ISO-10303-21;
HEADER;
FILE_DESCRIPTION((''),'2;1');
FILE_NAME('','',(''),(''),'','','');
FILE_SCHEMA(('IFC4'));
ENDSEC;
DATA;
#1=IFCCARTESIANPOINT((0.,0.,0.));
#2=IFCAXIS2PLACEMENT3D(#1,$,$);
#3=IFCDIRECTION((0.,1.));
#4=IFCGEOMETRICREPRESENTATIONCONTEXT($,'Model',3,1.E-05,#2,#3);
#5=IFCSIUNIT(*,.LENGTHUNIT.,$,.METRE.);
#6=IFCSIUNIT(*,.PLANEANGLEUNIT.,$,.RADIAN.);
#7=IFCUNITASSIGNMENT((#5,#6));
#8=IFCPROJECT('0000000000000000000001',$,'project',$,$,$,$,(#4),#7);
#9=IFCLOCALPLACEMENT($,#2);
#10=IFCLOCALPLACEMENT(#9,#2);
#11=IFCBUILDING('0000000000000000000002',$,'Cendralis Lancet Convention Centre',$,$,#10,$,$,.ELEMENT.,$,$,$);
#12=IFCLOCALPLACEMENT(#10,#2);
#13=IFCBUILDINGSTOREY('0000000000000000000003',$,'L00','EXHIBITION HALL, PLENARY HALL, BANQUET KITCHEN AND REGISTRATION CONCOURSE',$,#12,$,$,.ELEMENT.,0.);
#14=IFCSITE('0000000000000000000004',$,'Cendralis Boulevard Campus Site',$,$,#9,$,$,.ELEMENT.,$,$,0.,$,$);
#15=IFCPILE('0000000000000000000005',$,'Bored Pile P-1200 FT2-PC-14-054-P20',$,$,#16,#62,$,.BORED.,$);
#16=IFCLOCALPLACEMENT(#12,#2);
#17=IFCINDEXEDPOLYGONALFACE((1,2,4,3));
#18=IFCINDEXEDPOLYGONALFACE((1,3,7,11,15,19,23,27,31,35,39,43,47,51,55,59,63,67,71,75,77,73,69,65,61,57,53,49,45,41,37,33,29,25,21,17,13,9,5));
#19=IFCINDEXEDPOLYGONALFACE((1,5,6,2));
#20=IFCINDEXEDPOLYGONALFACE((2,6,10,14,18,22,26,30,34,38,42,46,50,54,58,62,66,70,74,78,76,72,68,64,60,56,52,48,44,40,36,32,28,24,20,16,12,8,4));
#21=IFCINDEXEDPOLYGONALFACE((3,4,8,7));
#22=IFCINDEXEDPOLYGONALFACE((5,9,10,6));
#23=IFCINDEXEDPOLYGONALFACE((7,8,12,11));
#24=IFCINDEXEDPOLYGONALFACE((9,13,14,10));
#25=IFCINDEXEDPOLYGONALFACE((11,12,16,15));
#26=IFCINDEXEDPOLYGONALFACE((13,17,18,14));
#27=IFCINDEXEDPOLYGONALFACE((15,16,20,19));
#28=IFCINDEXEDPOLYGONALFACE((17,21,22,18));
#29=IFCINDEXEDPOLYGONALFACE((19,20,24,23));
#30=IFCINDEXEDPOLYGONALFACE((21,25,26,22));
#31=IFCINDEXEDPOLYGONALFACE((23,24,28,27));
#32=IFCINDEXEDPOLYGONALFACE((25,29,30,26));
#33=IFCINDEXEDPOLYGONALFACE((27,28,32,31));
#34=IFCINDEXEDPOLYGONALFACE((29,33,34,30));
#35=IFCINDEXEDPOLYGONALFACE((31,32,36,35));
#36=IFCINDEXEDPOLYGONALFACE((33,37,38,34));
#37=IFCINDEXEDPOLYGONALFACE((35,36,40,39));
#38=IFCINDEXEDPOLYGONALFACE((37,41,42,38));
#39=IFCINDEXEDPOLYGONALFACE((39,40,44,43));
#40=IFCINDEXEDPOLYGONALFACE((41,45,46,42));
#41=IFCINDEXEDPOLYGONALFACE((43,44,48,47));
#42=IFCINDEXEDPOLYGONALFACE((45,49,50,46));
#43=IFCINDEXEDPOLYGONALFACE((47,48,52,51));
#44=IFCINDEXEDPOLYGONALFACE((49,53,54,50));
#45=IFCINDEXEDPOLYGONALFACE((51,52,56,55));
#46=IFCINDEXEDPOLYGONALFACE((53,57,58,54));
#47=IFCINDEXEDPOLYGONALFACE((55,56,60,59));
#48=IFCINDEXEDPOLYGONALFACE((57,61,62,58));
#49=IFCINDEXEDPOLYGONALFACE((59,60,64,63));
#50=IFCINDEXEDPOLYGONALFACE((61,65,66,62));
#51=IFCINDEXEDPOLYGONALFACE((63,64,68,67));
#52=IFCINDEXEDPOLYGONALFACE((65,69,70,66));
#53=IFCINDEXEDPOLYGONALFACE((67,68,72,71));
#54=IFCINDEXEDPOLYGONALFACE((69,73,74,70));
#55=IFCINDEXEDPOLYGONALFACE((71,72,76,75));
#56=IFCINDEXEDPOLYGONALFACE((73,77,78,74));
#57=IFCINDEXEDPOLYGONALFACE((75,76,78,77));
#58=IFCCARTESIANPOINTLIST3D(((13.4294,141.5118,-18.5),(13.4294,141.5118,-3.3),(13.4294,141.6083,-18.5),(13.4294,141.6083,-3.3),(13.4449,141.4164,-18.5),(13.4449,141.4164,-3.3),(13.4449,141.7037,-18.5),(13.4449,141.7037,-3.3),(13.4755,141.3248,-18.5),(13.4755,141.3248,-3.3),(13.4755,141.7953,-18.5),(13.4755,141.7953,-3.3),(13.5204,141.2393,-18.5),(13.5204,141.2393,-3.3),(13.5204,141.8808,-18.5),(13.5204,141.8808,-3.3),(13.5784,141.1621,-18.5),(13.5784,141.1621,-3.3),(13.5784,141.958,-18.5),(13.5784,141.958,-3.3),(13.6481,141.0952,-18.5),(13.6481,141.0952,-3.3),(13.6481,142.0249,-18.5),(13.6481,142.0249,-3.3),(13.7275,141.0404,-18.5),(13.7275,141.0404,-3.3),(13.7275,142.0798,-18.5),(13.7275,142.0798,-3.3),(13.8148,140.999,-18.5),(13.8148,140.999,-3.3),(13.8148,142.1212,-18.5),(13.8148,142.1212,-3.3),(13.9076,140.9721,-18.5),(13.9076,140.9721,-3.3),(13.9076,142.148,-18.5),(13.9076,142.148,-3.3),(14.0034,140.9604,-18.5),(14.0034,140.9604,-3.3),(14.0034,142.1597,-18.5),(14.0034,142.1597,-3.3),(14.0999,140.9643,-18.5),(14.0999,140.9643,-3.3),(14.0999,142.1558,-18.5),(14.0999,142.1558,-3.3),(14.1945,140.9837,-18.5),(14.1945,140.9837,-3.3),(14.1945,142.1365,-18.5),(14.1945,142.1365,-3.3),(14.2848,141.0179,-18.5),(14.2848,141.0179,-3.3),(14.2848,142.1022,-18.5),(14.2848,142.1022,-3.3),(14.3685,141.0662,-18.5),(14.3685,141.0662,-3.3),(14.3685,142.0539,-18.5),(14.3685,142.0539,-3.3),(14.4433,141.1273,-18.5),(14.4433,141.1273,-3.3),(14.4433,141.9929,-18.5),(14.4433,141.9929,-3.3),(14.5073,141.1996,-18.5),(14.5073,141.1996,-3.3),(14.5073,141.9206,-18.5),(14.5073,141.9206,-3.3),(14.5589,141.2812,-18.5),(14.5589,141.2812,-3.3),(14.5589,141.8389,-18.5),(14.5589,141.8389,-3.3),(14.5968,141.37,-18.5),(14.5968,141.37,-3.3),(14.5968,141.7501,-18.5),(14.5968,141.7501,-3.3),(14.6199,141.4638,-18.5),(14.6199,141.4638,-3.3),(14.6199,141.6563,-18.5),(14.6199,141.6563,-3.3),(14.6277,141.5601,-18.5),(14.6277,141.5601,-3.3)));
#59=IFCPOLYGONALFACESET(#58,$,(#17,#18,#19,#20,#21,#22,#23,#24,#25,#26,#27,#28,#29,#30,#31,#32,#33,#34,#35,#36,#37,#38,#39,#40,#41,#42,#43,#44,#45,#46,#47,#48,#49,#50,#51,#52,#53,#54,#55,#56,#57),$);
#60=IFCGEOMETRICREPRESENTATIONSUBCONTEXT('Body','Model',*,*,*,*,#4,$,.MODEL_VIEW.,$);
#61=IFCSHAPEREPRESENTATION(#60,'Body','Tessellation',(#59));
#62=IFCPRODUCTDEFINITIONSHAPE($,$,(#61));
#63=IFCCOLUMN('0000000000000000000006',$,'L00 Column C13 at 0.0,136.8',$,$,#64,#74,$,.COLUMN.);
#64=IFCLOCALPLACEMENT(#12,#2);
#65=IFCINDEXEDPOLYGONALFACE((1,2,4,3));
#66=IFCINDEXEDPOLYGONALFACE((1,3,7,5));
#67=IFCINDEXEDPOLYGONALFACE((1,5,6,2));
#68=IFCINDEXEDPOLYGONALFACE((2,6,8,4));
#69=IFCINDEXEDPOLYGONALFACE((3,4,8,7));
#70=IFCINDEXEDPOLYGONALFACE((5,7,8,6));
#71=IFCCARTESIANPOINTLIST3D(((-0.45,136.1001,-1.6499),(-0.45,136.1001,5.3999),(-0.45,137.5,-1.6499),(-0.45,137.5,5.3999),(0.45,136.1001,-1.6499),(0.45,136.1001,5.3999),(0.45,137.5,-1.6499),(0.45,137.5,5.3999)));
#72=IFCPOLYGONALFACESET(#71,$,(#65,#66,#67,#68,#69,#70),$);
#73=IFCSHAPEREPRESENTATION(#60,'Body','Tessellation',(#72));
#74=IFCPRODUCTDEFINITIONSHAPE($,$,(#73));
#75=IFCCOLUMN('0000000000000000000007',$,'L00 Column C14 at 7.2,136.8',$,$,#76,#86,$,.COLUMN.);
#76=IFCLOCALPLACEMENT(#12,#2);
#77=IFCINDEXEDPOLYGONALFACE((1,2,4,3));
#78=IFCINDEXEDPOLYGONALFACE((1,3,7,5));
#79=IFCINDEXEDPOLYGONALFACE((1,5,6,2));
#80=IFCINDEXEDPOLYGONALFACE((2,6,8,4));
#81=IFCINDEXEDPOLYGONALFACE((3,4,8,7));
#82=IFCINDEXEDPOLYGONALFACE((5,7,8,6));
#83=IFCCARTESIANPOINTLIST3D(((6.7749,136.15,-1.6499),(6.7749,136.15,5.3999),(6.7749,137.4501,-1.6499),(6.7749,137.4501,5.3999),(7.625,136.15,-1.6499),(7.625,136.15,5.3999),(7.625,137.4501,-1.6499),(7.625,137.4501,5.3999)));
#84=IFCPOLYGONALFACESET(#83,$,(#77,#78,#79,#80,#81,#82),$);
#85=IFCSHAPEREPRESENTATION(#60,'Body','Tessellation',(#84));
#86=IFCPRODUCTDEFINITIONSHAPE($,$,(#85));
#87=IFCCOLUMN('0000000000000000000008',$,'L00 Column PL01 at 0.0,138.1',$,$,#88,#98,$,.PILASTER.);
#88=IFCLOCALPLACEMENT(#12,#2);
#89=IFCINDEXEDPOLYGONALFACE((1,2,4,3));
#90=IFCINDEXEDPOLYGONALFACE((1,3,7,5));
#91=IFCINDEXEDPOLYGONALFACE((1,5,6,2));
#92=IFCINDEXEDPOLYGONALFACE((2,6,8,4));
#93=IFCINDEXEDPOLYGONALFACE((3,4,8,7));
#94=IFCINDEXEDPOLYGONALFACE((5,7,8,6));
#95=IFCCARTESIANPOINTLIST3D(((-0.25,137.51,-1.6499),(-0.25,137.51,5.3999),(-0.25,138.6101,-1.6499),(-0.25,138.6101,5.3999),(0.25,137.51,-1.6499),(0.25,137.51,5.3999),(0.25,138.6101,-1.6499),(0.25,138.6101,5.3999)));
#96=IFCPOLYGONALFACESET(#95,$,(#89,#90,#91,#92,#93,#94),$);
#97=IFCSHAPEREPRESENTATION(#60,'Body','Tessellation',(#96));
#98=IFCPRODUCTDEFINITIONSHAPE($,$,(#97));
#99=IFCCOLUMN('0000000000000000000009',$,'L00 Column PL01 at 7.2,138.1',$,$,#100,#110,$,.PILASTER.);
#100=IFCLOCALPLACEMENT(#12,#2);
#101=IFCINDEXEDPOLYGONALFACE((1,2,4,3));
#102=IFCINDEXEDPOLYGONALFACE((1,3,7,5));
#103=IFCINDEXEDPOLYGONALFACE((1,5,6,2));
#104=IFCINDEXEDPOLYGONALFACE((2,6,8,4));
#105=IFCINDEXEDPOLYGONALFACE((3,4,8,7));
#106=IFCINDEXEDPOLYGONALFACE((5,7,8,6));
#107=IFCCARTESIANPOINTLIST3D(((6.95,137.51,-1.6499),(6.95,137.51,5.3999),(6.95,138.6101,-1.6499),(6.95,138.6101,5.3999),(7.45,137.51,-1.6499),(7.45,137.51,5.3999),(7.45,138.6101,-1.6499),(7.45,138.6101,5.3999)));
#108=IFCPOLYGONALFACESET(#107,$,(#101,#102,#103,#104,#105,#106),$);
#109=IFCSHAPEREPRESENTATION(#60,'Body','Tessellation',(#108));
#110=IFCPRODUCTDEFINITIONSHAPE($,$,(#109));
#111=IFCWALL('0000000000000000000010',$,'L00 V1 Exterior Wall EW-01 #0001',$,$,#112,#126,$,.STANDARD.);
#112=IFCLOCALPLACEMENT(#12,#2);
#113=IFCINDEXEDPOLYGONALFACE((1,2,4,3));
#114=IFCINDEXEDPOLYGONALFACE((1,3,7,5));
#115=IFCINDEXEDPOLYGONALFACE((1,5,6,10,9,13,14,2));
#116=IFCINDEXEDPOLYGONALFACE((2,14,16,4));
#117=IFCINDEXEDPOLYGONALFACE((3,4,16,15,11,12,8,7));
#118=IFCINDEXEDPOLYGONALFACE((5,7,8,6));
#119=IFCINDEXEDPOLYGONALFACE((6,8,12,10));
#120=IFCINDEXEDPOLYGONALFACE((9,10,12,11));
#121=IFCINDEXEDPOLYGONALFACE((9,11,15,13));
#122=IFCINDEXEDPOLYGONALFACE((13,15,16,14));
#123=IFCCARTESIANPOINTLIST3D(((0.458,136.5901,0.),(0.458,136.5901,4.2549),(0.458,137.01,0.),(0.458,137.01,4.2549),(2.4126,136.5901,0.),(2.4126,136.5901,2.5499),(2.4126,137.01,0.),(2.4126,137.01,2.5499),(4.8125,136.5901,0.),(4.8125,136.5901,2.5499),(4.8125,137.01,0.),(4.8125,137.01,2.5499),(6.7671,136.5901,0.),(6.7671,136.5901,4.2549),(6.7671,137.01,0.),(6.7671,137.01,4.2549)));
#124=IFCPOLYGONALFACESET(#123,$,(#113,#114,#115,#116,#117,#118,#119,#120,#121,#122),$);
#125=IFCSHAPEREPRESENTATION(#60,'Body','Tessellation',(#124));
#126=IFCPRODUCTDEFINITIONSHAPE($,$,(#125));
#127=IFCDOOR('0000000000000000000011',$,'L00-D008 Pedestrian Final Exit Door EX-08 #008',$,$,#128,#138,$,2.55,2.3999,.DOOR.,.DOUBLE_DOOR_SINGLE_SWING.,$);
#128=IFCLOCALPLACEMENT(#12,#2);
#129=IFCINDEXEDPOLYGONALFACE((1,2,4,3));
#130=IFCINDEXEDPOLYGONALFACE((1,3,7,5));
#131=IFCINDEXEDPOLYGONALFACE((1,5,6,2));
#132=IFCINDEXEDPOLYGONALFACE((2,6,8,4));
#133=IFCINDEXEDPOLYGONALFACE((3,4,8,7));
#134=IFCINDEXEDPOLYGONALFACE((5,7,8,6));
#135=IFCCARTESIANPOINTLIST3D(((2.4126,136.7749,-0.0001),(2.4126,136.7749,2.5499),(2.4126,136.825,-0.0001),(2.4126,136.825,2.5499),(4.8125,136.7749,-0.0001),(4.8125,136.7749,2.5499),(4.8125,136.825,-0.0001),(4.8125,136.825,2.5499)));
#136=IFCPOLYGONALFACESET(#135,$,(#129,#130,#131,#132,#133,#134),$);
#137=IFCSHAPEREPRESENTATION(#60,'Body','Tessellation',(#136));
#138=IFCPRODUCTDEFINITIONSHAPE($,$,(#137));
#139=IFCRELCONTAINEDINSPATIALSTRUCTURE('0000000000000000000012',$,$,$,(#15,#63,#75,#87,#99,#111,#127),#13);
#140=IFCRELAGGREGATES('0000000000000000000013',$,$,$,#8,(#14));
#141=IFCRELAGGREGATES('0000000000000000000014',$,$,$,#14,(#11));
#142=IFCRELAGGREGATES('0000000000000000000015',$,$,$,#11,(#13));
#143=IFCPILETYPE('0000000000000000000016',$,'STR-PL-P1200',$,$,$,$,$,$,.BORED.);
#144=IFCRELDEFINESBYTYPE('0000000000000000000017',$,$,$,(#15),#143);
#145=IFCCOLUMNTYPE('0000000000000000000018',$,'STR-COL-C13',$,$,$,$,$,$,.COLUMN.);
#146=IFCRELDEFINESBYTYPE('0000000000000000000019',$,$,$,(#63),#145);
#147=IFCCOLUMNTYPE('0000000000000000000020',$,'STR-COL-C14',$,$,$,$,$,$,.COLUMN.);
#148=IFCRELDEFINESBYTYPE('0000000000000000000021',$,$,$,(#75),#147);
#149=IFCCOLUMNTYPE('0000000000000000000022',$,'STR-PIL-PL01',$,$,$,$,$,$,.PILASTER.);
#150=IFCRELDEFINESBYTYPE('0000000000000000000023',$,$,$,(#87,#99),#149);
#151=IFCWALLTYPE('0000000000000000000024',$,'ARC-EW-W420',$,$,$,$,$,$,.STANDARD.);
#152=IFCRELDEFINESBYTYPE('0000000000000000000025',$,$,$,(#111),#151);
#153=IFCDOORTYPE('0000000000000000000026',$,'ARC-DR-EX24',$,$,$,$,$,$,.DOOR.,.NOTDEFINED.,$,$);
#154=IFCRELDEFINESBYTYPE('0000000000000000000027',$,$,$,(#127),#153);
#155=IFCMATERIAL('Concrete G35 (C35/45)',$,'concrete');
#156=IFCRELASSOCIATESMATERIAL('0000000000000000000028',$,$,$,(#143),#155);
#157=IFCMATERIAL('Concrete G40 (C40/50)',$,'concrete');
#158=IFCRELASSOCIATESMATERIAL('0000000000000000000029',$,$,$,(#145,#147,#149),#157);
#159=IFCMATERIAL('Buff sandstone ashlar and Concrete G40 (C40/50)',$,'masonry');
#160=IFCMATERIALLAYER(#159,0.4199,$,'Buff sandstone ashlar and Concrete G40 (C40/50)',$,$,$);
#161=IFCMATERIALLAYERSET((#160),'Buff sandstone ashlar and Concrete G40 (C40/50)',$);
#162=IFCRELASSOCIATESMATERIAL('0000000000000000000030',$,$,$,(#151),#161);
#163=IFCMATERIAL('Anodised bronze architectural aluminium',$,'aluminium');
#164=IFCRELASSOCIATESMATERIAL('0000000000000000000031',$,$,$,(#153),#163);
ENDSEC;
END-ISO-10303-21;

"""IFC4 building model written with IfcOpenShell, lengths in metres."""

from ifc_helpers import new_model, si_unit, direction, frame, frame_2d, origin, origin_2d, place, context, subcontext, project, spatial, rectangle, circle, extrude, material, layer, layer_set, material_profile, profile_set, type_object, element, fill, save


model = new_model("IFC4")

# Units and contexts
model_context = context("Model", 3, precision=1e-05, world=origin(), true_north=direction((0.0, 1.0)))
body_context = subcontext(model_context, "Body", "Model", "MODEL_VIEW")
ifc_project = project(units=[si_unit("LENGTHUNIT", "METRE"), si_unit("PLANEANGLEUNIT", "RADIAN")], contexts=[model_context])

# Site, building, storey
site_placement = place(None, origin())
site = spatial("IfcSite", under=ifc_project, at=site_placement, Name="Cendralis Boulevard Campus Site", CompositionType="ELEMENT", RefElevation=0.0)
building_placement = place(site_placement, origin())
building = spatial("IfcBuilding", under=site, at=building_placement, Name="Cendralis Lancet Convention Centre", CompositionType="ELEMENT")
storey_placement = place(building_placement, origin())
storey = spatial("IfcBuildingStorey", under=building, at=storey_placement, Name="L00", Description="EXHIBITION HALL, PLENARY HALL, BANQUET KITCHEN AND REGISTRATION CONCOURSE", CompositionType="ELEMENT", Elevation=0.0)

# Shared definitions
ifc_material_1 = material(Name="Concrete G35 (C35/45)", Category="concrete")

# Pile
ifc_material_profile_1 = material_profile(ifc_material_1, circle(Radius=0.6001, at=origin_2d()), Name="BORED PILE D1200")
ifc_profile_set_1 = profile_set([ifc_material_profile_1], Name="Concrete G35 (C35/45)")
pile_type = type_object("IfcPileType", Name="STR-PL-P1200", PredefinedType="BORED", material=ifc_profile_set_1)
for number, where, z_axis, x_axis, name in (
    (1, (14.0276, 141.5601, -3.3), (0.0, 0.0, -1.0), (1.0, 0.0, 0.0), "Bored Pile P-1200 FT2-PC-14-054-P20"),
):
    element("IfcPile", number, at=place(storey_placement, frame(where, z_axis=z_axis, x_axis=x_axis)), inside=storey, type_object=pile_type, Name=name, PredefinedType="BORED", context=body_context, shape_type="SweptSolid", body=[
        extrude(circle(Radius=0.6001, at=origin_2d()), origin(), (0.0, 0.0, 1.0), 15.2),
    ])

# Columns
ifc_material_2 = material(Name="Concrete G40 (C40/50)", Category="concrete")
ifc_material_profile_2 = material_profile(ifc_material_2, rectangle(XDim=0.8999, YDim=1.3999, at=origin_2d()), Name="RC 900x1400")
ifc_profile_set_2 = profile_set([ifc_material_profile_2], Name="Concrete G40 (C40/50)")
column_type_1 = type_object("IfcColumnType", Name="STR-COL-C13", PredefinedType="COLUMN", material=ifc_profile_set_2)
column_1_placement = place(storey_placement, frame((0.0, 136.8, -1.6499), z_axis=(0.0, 0.0, 1.0), x_axis=(1.0, 0.0, 0.0)))
element("IfcColumn", 2, at=column_1_placement, inside=storey, type_object=column_type_1, Name="L00 Column C13 at 0.0,136.8", PredefinedType="COLUMN", context=body_context, shape_type="SweptSolid", body=[
    extrude(rectangle(XDim=0.8999, YDim=1.3999, at=origin_2d()), origin(), (0.0, 0.0, 1.0), 7.0498),
])
ifc_material_profile_3 = material_profile(ifc_material_2, rectangle(XDim=0.8501, YDim=1.3, at=origin_2d()), Name="RC 850x1300")
ifc_profile_set_3 = profile_set([ifc_material_profile_3], Name="Concrete G40 (C40/50)")
column_type_2 = type_object("IfcColumnType", Name="STR-COL-C14", PredefinedType="COLUMN", material=ifc_profile_set_3)
column_2_placement = place(storey_placement, frame((7.2, 136.8, -1.6499), z_axis=(0.0, 0.0, 1.0), x_axis=(1.0, 0.0, 0.0)))
element("IfcColumn", 3, at=column_2_placement, inside=storey, type_object=column_type_2, Name="L00 Column C14 at 7.2,136.8", PredefinedType="COLUMN", context=body_context, shape_type="SweptSolid", body=[
    extrude(rectangle(XDim=0.8501, YDim=1.3, at=origin_2d()), origin(), (0.0, 0.0, 1.0), 7.0498),
])
ifc_material_profile_4 = material_profile(ifc_material_2, rectangle(XDim=0.5, YDim=1.1001, at=origin_2d()), Name="RC 500x1100")
ifc_profile_set_4 = profile_set([ifc_material_profile_4], Name="Concrete G40 (C40/50)")
column_type_3 = type_object("IfcColumnType", Name="STR-PIL-PL01", PredefinedType="PILASTER", material=ifc_profile_set_4)
for number, where, z_axis, x_axis, name in (
    (4, (0.0, 138.0601, -1.6499), (0.0, 0.0, 1.0), (1.0, 0.0, 0.0), "L00 Column PL01 at 0.0,138.1"),
    (5, (7.2, 138.0601, -1.6499), (0.0, 0.0, 1.0), (1.0, 0.0, 0.0), "L00 Column PL01 at 7.2,138.1"),
):
    element("IfcColumn", number, at=place(storey_placement, frame(where, z_axis=z_axis, x_axis=x_axis)), inside=storey, type_object=column_type_3, Name=name, PredefinedType="PILASTER", context=body_context, shape_type="SweptSolid", body=[
        extrude(rectangle(XDim=0.5, YDim=1.1001, at=origin_2d()), origin(), (0.0, 0.0, 1.0), 7.0498),
    ])

# Wall, opening, door
ifc_material_3 = material(Name="Buff sandstone ashlar and Concrete G40 (C40/50)", Category="masonry")
ifc_layer_1 = layer(ifc_material_3, 0.4199, Name="Buff sandstone ashlar and Concrete G40 (C40/50)")
ifc_layer_set_1 = layer_set([ifc_layer_1], Name="Buff sandstone ashlar and Concrete G40 (C40/50)")
wall_type_1 = type_object("IfcWallType", Name="ARC-EW-W420", PredefinedType="STANDARD", material=ifc_layer_set_1)
wall_1_placement = place(storey_placement, frame((0.458, 136.8, 0.0), z_axis=(0.0, 0.0, 1.0), x_axis=(1.0, 0.0, 0.0)))
wall_1 = element("IfcWall", 6, at=wall_1_placement, inside=storey, type_object=wall_type_1, Name="L00 V1 Exterior Wall EW-01 #0001", PredefinedType="STANDARD", context=body_context, shape_type="SweptSolid", body=[
    extrude(rectangle(XDim=6.3091, YDim=0.4199, at=frame_2d((3.1545, 0.0))), origin(), (0.0, 0.0, 1.0), 4.2549),
])
opening_1_placement = place(wall_1_placement, frame((1.9546, 0.0, 0.0)))
opening_1 = element("IfcOpeningElement", 7, at=opening_1_placement, cuts=wall_1, PredefinedType="OPENING", context=body_context, shape_type="SweptSolid", body=[
    extrude(rectangle(XDim=2.3999, YDim=2.55, at=frame_2d((1.2, 1.2749))), frame((0.0, 0.22, 0.0), z_axis=(0.0, -1.0, 0.0), x_axis=(1.0, 0.0, 0.0)), (0.0, 0.0, 1.0), 0.4399),
])
ifc_material_4 = material(Name="Anodised bronze architectural aluminium", Category="aluminium")
door_type = type_object("IfcDoorType", Name="ARC-DR-EX24", OperationType="NOTDEFINED", PredefinedType="DOOR", material=ifc_material_4)
door_placement = place(opening_1_placement, origin())
door = element("IfcDoor", 8, at=door_placement, inside=storey, type_object=door_type, Name="L00-D008 Pedestrian Final Exit Door EX-08 #008", OperationType="DOUBLE_DOOR_SINGLE_SWING", OverallHeight=2.55, OverallWidth=2.3999, PredefinedType="DOOR", context=body_context, shape_type="SweptSolid", body=[
    extrude(rectangle(XDim=2.3999, YDim=2.55, at=frame_2d((1.2, 1.2749))), frame((0.0, 0.0249, 0.0), z_axis=(0.0, -1.0, 0.0), x_axis=(1.0, 0.0, 0.0)), (0.0, 0.0, 1.0), 0.05),
])
fill(opening_1, door)

save(model, "model.ifc")
